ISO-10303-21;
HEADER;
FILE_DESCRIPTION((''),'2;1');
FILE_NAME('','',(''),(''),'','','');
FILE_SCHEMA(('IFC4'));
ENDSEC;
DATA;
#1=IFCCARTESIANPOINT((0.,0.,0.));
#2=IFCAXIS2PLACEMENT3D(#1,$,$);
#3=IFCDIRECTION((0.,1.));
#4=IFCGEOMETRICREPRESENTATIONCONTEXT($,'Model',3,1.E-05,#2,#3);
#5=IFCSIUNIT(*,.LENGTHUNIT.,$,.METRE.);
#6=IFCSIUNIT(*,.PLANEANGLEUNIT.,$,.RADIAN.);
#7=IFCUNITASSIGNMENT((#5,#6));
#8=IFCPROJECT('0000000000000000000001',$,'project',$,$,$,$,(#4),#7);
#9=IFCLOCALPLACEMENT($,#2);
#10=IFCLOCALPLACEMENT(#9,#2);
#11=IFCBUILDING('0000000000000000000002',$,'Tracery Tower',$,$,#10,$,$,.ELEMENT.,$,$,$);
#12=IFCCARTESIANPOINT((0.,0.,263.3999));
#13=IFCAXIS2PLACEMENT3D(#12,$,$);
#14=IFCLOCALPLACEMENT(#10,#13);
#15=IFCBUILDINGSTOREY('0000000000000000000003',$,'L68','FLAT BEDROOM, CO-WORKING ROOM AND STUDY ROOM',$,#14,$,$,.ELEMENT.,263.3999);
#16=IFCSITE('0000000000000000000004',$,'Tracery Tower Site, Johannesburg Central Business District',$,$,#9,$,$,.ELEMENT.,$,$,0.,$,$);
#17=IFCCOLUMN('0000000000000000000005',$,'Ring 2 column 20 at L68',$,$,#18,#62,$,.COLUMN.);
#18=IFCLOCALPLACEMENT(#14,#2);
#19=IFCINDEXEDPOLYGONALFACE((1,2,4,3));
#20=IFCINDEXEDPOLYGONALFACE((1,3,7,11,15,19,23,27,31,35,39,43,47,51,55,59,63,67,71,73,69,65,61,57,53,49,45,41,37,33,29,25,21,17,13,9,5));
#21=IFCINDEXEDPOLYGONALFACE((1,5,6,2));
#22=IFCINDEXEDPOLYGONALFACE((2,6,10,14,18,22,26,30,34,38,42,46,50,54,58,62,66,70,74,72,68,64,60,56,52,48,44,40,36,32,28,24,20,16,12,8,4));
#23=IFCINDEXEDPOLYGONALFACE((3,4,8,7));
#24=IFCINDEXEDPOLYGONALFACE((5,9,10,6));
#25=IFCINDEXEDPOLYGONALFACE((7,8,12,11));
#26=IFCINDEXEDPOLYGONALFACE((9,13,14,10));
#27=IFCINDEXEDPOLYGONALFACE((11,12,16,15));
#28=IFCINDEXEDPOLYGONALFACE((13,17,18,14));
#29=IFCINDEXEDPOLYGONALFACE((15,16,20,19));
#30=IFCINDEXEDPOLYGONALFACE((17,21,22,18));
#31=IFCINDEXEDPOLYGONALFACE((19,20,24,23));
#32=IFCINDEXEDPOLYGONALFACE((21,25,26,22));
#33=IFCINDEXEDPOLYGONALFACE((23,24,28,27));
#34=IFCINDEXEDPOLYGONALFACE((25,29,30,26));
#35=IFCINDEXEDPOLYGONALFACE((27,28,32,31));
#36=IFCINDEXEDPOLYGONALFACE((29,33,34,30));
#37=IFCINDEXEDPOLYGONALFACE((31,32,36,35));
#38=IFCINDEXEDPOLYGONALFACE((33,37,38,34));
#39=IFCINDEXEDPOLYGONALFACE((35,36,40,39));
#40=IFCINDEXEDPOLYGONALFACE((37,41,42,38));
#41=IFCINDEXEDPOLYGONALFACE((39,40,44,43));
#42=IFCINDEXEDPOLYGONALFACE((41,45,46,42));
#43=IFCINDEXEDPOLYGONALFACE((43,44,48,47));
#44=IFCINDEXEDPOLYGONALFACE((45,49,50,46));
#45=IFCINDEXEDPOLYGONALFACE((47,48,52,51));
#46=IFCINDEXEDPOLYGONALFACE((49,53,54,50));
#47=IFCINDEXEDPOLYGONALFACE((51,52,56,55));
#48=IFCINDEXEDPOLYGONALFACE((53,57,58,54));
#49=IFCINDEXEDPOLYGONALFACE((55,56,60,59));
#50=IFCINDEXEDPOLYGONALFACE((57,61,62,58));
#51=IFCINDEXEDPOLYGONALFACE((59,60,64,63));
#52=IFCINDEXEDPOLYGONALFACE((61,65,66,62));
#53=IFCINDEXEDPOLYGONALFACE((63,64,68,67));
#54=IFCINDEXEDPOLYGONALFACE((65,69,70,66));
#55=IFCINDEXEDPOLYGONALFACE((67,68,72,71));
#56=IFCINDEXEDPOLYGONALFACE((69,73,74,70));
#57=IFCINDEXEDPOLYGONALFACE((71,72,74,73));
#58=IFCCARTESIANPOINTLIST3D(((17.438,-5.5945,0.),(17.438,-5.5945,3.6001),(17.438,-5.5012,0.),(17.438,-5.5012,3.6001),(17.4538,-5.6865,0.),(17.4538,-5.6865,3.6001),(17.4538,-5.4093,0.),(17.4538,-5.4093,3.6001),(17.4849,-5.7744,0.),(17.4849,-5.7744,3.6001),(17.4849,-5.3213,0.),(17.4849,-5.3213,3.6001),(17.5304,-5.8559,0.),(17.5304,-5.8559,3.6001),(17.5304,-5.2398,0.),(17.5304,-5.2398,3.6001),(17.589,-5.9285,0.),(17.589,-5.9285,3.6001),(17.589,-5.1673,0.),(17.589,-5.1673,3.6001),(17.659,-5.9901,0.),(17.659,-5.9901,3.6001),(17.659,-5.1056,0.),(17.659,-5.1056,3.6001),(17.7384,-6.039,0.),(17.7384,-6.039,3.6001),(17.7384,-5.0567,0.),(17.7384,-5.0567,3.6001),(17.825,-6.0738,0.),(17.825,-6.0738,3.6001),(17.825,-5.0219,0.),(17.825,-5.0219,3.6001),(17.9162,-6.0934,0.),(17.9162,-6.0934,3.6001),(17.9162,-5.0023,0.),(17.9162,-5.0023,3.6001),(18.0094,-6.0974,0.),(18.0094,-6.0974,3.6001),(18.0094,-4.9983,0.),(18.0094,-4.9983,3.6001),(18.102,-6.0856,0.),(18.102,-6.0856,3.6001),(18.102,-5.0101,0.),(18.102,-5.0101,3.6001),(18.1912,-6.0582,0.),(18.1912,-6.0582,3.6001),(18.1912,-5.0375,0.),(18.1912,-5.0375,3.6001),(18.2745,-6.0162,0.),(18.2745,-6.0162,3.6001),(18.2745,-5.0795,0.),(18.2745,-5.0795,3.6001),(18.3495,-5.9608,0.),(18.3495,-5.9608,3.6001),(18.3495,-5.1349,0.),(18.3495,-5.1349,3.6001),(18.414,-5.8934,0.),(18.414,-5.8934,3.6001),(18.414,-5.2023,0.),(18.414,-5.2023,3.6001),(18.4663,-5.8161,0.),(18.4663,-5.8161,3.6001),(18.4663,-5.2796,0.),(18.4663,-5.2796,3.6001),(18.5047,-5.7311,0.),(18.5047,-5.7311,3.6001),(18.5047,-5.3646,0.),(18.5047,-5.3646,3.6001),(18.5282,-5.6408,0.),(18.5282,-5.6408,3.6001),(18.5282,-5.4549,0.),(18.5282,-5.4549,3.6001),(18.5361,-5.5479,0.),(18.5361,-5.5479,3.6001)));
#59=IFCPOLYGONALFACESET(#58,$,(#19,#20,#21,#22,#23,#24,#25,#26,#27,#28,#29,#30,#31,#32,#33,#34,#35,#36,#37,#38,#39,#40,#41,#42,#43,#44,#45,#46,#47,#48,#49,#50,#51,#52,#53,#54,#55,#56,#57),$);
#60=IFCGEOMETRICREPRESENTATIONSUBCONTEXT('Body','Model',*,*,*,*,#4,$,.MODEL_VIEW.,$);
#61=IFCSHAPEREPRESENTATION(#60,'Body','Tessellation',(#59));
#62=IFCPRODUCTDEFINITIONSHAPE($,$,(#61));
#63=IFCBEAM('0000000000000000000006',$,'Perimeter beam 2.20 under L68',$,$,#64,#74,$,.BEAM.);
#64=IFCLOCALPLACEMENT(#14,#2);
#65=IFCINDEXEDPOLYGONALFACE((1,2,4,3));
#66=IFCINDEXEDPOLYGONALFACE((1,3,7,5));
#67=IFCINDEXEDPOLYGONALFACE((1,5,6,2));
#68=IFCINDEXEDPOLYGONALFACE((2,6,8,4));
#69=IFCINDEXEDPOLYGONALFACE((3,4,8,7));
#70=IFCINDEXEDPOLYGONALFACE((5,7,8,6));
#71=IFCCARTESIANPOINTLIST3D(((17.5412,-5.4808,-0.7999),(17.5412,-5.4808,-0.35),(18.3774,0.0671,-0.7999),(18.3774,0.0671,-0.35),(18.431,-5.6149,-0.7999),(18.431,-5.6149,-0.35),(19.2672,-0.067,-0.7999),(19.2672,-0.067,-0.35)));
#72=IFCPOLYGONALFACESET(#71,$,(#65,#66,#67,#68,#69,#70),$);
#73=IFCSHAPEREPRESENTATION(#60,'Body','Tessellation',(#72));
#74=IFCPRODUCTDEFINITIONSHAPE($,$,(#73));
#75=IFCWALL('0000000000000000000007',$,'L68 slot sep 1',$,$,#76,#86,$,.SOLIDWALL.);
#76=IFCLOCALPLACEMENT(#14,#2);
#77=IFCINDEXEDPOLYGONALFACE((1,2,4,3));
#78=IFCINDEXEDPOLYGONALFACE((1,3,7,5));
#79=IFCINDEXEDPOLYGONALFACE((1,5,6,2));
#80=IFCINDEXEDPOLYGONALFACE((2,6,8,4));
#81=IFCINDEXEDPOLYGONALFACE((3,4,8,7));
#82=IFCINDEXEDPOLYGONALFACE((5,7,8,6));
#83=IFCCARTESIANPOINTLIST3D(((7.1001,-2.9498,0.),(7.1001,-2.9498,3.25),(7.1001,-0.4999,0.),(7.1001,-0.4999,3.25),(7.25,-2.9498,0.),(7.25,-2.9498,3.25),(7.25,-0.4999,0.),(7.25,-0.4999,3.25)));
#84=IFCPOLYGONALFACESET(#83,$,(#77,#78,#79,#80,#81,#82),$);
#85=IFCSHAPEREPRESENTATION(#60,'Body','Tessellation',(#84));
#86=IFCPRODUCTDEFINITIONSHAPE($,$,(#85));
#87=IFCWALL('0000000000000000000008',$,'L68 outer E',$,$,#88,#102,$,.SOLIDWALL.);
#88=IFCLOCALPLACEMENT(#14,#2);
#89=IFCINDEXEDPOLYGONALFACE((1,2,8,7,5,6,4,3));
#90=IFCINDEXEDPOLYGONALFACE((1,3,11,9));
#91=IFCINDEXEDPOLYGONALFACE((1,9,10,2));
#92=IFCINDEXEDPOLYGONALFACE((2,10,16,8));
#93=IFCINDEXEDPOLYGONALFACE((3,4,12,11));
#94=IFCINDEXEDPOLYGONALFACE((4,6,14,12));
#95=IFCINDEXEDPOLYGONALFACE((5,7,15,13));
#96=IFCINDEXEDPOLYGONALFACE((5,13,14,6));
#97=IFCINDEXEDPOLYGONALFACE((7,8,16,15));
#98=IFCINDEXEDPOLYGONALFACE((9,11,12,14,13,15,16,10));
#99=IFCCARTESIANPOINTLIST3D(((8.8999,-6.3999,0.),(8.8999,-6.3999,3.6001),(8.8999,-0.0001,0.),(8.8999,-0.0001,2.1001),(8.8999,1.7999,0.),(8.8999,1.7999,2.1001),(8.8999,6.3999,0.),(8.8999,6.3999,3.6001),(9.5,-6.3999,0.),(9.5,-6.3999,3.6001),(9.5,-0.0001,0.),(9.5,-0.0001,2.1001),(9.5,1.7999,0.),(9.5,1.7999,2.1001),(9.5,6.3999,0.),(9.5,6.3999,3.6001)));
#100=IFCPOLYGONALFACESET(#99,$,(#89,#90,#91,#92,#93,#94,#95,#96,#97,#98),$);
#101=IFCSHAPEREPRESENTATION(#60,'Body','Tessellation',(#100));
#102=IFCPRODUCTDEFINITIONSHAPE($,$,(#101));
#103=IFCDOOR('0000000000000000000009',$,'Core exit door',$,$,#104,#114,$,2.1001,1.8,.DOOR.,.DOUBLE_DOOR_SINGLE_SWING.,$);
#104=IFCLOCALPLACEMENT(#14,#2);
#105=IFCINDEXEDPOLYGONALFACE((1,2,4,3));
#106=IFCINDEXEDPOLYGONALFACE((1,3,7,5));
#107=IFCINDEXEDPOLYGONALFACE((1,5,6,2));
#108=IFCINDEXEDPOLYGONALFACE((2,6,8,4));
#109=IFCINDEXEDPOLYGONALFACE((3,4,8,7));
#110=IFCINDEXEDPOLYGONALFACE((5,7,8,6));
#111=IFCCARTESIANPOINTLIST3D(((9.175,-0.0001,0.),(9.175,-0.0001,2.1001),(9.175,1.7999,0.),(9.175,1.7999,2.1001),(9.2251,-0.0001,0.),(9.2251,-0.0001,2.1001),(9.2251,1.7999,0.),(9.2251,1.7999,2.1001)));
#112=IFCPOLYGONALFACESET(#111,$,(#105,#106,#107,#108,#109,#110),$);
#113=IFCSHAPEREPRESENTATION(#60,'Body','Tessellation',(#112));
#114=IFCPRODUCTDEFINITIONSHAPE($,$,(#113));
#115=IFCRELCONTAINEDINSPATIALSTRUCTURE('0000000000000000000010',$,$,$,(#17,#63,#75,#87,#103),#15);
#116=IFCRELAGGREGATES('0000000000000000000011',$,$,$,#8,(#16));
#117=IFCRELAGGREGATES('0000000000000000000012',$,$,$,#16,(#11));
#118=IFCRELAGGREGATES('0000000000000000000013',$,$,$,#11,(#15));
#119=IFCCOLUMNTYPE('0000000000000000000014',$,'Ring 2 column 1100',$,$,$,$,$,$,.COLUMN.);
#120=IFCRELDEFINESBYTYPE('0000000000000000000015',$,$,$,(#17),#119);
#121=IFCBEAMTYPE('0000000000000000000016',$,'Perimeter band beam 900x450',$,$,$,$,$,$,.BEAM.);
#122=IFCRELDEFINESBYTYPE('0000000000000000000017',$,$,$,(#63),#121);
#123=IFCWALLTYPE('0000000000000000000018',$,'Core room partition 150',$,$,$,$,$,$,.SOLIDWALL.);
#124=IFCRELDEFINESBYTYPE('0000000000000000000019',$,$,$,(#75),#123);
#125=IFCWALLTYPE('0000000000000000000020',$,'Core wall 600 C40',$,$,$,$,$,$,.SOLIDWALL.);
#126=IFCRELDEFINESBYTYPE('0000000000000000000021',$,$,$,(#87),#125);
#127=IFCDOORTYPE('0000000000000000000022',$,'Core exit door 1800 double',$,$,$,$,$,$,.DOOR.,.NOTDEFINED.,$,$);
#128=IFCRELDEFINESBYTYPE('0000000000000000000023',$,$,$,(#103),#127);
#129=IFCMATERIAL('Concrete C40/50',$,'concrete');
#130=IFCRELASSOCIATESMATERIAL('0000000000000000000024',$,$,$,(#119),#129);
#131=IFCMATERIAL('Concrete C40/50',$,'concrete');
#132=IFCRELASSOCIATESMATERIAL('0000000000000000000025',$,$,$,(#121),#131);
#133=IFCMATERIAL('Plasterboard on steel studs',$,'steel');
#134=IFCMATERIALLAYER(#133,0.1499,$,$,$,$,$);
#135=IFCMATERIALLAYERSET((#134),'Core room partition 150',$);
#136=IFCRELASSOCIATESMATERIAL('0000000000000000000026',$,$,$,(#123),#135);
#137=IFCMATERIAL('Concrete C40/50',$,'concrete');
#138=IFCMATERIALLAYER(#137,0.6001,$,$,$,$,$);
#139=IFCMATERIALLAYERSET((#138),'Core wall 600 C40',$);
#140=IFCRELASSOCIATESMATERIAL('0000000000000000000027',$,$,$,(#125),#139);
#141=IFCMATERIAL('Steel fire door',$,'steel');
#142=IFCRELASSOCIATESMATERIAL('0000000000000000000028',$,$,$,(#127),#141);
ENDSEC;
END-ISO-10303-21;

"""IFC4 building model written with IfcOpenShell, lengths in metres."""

from ifc_helpers import new_model, si_unit, direction, frame, frame_2d, origin, origin_2d, place, context, subcontext, project, spatial, rectangle, circle, extrude, material, layer, layer_set, material_profile, profile_set, type_object, element, fill, save


model = new_model("IFC4")

# Units and contexts
model_context = context("Model", 3, precision=1e-05, world=origin(), true_north=direction((0.0, 1.0)))
body_context = subcontext(model_context, "Body", "Model", "MODEL_VIEW")
ifc_project = project(units=[si_unit("LENGTHUNIT", "METRE"), si_unit("PLANEANGLEUNIT", "RADIAN")], contexts=[model_context])

# Site, building, storey
site_placement = place(None, origin())
site = spatial("IfcSite", under=ifc_project, at=site_placement, Name="Tracery Tower Site, Johannesburg Central Business District", CompositionType="ELEMENT", RefElevation=0.0)
building_placement = place(site_placement, origin())
building = spatial("IfcBuilding", under=site, at=building_placement, Name="Tracery Tower", CompositionType="ELEMENT")
storey_placement = place(building_placement, frame((0.0, 0.0, 263.3999)))
storey = spatial("IfcBuildingStorey", under=building, at=storey_placement, Name="L68", Description="FLAT BEDROOM, CO-WORKING ROOM AND STUDY ROOM", CompositionType="ELEMENT", Elevation=263.3999)

# Column
ifc_material_1 = material(Name="Concrete C40/50", Category="concrete")
ifc_material_profile_1 = material_profile(ifc_material_1, circle(Radius=0.55, at=origin_2d()), Name="RC D1100")
ifc_profile_set_1 = profile_set([ifc_material_profile_1], Name="Concrete C40/50")
column_type = type_object("IfcColumnType", Name="Ring 2 column 1100", PredefinedType="COLUMN", material=ifc_profile_set_1)
column_placement = place(storey_placement, frame((17.9861, -5.5479, 0.0), z_axis=(0.0, 0.0, 1.0), x_axis=(1.0, 0.0, 0.0)))
element("IfcColumn", 1, at=column_placement, inside=storey, type_object=column_type, Name="Ring 2 column 20 at L68", PredefinedType="COLUMN", context=body_context, shape_type="SweptSolid", body=[
    extrude(circle(Radius=0.55, at=origin_2d()), origin(), (0.0, 0.0, 1.0), 3.6001),
])

# Beam
ifc_material_2 = material(Name="Concrete C40/50", Category="concrete")
ifc_material_profile_2 = material_profile(ifc_material_2, rectangle(XDim=0.8999, YDim=0.45, at=origin_2d()), Name="RC 900x450")
ifc_profile_set_2 = profile_set([ifc_material_profile_2], Name="Concrete C40/50")
beam_type = type_object("IfcBeamType", Name="Perimeter band beam 900x450", PredefinedType="BEAM", material=ifc_profile_set_2)
beam_placement = place(storey_placement, frame((17.9861, -5.5479, -0.575), z_axis=(0.149038, 0.988831, 0.0), x_axis=(-0.988831, 0.149038, 0.0)))
element("IfcBeam", 2, at=beam_placement, inside=storey, type_object=beam_type, Name="Perimeter beam 2.20 under L68", PredefinedType="BEAM", context=body_context, shape_type="SweptSolid", body=[
    extrude(rectangle(XDim=0.8999, YDim=0.45, at=origin_2d()), origin(), (0.0, 0.0, 1.0), 5.6106),
])

# Wall
ifc_material_3 = material(Name="Plasterboard on steel studs", Category="steel")
ifc_layer_1 = layer(ifc_material_3, 0.1499)
ifc_layer_set_1 = layer_set([ifc_layer_1], Name="Core room partition 150")
wall_type_1 = type_object("IfcWallType", Name="Core room partition 150", PredefinedType="SOLIDWALL", material=ifc_layer_set_1)
wall_1_placement = place(storey_placement, frame((7.175, -2.95, 0.0), z_axis=(0.0, 0.0, 1.0), x_axis=(0.0, 1.0, 0.0)))
element("IfcWall", 3, at=wall_1_placement, inside=storey, type_object=wall_type_1, Name="L68 slot sep 1", PredefinedType="SOLIDWALL", context=body_context, shape_type="SweptSolid", body=[
    extrude(rectangle(XDim=2.45, YDim=0.1499, at=frame_2d((1.2251, 0.0))), origin(), (0.0, 0.0, 1.0), 3.25),
])

# Wall, opening, door
ifc_material_4 = material(Name="Concrete C40/50", Category="concrete")
ifc_layer_2 = layer(ifc_material_4, 0.6001)
ifc_layer_set_2 = layer_set([ifc_layer_2], Name="Core wall 600 C40")
wall_type_2 = type_object("IfcWallType", Name="Core wall 600 C40", PredefinedType="SOLIDWALL", material=ifc_layer_set_2)
wall_2_placement = place(storey_placement, frame((9.2, -6.3999, 0.0), z_axis=(0.0, 0.0, 1.0), x_axis=(0.0, 1.0, 0.0)))
wall_2 = element("IfcWall", 4, at=wall_2_placement, inside=storey, type_object=wall_type_2, Name="L68 outer E", PredefinedType="SOLIDWALL", context=body_context, shape_type="SweptSolid", body=[
    extrude(rectangle(XDim=12.7998, YDim=0.6001, at=frame_2d((6.3999, 0.0))), origin(), (0.0, 0.0, 1.0), 3.6001),
])
opening_1_placement = place(wall_2_placement, frame((6.3999, 0.0, 0.0)))
opening_1 = element("IfcOpeningElement", 5, at=opening_1_placement, cuts=wall_2, PredefinedType="OPENING", context=body_context, shape_type="SweptSolid", body=[
    extrude(rectangle(XDim=1.8, YDim=2.1001, at=frame_2d((0.8999, 1.05))), frame((0.0, 0.3, 0.0), z_axis=(0.0, -1.0, 0.0), x_axis=(1.0, 0.0, 0.0)), (0.0, 0.0, 1.0), 0.6001),
])
ifc_material_5 = material(Name="Steel fire door", Category="steel")
door_type_1 = type_object("IfcDoorType", Name="Core exit door 1800 double", OperationType="NOTDEFINED", PredefinedType="DOOR", material=ifc_material_5)
door_1_placement = place(opening_1_placement, origin())
door_1 = element("IfcDoor", 6, at=door_1_placement, inside=storey, type_object=door_type_1, Name="Core exit door", OperationType="DOUBLE_DOOR_SINGLE_SWING", OverallHeight=2.1001, OverallWidth=1.8, PredefinedType="DOOR", context=body_context, shape_type="SweptSolid", body=[
    extrude(rectangle(XDim=1.8, YDim=2.1001, at=frame_2d((0.8999, 1.05))), frame((0.0, 0.0249, 0.0), z_axis=(0.0, -1.0, 0.0), x_axis=(1.0, 0.0, 0.0)), (0.0, 0.0, 1.0), 0.05),
])
fill(opening_1, door_1)

save(model, "model.ifc")
